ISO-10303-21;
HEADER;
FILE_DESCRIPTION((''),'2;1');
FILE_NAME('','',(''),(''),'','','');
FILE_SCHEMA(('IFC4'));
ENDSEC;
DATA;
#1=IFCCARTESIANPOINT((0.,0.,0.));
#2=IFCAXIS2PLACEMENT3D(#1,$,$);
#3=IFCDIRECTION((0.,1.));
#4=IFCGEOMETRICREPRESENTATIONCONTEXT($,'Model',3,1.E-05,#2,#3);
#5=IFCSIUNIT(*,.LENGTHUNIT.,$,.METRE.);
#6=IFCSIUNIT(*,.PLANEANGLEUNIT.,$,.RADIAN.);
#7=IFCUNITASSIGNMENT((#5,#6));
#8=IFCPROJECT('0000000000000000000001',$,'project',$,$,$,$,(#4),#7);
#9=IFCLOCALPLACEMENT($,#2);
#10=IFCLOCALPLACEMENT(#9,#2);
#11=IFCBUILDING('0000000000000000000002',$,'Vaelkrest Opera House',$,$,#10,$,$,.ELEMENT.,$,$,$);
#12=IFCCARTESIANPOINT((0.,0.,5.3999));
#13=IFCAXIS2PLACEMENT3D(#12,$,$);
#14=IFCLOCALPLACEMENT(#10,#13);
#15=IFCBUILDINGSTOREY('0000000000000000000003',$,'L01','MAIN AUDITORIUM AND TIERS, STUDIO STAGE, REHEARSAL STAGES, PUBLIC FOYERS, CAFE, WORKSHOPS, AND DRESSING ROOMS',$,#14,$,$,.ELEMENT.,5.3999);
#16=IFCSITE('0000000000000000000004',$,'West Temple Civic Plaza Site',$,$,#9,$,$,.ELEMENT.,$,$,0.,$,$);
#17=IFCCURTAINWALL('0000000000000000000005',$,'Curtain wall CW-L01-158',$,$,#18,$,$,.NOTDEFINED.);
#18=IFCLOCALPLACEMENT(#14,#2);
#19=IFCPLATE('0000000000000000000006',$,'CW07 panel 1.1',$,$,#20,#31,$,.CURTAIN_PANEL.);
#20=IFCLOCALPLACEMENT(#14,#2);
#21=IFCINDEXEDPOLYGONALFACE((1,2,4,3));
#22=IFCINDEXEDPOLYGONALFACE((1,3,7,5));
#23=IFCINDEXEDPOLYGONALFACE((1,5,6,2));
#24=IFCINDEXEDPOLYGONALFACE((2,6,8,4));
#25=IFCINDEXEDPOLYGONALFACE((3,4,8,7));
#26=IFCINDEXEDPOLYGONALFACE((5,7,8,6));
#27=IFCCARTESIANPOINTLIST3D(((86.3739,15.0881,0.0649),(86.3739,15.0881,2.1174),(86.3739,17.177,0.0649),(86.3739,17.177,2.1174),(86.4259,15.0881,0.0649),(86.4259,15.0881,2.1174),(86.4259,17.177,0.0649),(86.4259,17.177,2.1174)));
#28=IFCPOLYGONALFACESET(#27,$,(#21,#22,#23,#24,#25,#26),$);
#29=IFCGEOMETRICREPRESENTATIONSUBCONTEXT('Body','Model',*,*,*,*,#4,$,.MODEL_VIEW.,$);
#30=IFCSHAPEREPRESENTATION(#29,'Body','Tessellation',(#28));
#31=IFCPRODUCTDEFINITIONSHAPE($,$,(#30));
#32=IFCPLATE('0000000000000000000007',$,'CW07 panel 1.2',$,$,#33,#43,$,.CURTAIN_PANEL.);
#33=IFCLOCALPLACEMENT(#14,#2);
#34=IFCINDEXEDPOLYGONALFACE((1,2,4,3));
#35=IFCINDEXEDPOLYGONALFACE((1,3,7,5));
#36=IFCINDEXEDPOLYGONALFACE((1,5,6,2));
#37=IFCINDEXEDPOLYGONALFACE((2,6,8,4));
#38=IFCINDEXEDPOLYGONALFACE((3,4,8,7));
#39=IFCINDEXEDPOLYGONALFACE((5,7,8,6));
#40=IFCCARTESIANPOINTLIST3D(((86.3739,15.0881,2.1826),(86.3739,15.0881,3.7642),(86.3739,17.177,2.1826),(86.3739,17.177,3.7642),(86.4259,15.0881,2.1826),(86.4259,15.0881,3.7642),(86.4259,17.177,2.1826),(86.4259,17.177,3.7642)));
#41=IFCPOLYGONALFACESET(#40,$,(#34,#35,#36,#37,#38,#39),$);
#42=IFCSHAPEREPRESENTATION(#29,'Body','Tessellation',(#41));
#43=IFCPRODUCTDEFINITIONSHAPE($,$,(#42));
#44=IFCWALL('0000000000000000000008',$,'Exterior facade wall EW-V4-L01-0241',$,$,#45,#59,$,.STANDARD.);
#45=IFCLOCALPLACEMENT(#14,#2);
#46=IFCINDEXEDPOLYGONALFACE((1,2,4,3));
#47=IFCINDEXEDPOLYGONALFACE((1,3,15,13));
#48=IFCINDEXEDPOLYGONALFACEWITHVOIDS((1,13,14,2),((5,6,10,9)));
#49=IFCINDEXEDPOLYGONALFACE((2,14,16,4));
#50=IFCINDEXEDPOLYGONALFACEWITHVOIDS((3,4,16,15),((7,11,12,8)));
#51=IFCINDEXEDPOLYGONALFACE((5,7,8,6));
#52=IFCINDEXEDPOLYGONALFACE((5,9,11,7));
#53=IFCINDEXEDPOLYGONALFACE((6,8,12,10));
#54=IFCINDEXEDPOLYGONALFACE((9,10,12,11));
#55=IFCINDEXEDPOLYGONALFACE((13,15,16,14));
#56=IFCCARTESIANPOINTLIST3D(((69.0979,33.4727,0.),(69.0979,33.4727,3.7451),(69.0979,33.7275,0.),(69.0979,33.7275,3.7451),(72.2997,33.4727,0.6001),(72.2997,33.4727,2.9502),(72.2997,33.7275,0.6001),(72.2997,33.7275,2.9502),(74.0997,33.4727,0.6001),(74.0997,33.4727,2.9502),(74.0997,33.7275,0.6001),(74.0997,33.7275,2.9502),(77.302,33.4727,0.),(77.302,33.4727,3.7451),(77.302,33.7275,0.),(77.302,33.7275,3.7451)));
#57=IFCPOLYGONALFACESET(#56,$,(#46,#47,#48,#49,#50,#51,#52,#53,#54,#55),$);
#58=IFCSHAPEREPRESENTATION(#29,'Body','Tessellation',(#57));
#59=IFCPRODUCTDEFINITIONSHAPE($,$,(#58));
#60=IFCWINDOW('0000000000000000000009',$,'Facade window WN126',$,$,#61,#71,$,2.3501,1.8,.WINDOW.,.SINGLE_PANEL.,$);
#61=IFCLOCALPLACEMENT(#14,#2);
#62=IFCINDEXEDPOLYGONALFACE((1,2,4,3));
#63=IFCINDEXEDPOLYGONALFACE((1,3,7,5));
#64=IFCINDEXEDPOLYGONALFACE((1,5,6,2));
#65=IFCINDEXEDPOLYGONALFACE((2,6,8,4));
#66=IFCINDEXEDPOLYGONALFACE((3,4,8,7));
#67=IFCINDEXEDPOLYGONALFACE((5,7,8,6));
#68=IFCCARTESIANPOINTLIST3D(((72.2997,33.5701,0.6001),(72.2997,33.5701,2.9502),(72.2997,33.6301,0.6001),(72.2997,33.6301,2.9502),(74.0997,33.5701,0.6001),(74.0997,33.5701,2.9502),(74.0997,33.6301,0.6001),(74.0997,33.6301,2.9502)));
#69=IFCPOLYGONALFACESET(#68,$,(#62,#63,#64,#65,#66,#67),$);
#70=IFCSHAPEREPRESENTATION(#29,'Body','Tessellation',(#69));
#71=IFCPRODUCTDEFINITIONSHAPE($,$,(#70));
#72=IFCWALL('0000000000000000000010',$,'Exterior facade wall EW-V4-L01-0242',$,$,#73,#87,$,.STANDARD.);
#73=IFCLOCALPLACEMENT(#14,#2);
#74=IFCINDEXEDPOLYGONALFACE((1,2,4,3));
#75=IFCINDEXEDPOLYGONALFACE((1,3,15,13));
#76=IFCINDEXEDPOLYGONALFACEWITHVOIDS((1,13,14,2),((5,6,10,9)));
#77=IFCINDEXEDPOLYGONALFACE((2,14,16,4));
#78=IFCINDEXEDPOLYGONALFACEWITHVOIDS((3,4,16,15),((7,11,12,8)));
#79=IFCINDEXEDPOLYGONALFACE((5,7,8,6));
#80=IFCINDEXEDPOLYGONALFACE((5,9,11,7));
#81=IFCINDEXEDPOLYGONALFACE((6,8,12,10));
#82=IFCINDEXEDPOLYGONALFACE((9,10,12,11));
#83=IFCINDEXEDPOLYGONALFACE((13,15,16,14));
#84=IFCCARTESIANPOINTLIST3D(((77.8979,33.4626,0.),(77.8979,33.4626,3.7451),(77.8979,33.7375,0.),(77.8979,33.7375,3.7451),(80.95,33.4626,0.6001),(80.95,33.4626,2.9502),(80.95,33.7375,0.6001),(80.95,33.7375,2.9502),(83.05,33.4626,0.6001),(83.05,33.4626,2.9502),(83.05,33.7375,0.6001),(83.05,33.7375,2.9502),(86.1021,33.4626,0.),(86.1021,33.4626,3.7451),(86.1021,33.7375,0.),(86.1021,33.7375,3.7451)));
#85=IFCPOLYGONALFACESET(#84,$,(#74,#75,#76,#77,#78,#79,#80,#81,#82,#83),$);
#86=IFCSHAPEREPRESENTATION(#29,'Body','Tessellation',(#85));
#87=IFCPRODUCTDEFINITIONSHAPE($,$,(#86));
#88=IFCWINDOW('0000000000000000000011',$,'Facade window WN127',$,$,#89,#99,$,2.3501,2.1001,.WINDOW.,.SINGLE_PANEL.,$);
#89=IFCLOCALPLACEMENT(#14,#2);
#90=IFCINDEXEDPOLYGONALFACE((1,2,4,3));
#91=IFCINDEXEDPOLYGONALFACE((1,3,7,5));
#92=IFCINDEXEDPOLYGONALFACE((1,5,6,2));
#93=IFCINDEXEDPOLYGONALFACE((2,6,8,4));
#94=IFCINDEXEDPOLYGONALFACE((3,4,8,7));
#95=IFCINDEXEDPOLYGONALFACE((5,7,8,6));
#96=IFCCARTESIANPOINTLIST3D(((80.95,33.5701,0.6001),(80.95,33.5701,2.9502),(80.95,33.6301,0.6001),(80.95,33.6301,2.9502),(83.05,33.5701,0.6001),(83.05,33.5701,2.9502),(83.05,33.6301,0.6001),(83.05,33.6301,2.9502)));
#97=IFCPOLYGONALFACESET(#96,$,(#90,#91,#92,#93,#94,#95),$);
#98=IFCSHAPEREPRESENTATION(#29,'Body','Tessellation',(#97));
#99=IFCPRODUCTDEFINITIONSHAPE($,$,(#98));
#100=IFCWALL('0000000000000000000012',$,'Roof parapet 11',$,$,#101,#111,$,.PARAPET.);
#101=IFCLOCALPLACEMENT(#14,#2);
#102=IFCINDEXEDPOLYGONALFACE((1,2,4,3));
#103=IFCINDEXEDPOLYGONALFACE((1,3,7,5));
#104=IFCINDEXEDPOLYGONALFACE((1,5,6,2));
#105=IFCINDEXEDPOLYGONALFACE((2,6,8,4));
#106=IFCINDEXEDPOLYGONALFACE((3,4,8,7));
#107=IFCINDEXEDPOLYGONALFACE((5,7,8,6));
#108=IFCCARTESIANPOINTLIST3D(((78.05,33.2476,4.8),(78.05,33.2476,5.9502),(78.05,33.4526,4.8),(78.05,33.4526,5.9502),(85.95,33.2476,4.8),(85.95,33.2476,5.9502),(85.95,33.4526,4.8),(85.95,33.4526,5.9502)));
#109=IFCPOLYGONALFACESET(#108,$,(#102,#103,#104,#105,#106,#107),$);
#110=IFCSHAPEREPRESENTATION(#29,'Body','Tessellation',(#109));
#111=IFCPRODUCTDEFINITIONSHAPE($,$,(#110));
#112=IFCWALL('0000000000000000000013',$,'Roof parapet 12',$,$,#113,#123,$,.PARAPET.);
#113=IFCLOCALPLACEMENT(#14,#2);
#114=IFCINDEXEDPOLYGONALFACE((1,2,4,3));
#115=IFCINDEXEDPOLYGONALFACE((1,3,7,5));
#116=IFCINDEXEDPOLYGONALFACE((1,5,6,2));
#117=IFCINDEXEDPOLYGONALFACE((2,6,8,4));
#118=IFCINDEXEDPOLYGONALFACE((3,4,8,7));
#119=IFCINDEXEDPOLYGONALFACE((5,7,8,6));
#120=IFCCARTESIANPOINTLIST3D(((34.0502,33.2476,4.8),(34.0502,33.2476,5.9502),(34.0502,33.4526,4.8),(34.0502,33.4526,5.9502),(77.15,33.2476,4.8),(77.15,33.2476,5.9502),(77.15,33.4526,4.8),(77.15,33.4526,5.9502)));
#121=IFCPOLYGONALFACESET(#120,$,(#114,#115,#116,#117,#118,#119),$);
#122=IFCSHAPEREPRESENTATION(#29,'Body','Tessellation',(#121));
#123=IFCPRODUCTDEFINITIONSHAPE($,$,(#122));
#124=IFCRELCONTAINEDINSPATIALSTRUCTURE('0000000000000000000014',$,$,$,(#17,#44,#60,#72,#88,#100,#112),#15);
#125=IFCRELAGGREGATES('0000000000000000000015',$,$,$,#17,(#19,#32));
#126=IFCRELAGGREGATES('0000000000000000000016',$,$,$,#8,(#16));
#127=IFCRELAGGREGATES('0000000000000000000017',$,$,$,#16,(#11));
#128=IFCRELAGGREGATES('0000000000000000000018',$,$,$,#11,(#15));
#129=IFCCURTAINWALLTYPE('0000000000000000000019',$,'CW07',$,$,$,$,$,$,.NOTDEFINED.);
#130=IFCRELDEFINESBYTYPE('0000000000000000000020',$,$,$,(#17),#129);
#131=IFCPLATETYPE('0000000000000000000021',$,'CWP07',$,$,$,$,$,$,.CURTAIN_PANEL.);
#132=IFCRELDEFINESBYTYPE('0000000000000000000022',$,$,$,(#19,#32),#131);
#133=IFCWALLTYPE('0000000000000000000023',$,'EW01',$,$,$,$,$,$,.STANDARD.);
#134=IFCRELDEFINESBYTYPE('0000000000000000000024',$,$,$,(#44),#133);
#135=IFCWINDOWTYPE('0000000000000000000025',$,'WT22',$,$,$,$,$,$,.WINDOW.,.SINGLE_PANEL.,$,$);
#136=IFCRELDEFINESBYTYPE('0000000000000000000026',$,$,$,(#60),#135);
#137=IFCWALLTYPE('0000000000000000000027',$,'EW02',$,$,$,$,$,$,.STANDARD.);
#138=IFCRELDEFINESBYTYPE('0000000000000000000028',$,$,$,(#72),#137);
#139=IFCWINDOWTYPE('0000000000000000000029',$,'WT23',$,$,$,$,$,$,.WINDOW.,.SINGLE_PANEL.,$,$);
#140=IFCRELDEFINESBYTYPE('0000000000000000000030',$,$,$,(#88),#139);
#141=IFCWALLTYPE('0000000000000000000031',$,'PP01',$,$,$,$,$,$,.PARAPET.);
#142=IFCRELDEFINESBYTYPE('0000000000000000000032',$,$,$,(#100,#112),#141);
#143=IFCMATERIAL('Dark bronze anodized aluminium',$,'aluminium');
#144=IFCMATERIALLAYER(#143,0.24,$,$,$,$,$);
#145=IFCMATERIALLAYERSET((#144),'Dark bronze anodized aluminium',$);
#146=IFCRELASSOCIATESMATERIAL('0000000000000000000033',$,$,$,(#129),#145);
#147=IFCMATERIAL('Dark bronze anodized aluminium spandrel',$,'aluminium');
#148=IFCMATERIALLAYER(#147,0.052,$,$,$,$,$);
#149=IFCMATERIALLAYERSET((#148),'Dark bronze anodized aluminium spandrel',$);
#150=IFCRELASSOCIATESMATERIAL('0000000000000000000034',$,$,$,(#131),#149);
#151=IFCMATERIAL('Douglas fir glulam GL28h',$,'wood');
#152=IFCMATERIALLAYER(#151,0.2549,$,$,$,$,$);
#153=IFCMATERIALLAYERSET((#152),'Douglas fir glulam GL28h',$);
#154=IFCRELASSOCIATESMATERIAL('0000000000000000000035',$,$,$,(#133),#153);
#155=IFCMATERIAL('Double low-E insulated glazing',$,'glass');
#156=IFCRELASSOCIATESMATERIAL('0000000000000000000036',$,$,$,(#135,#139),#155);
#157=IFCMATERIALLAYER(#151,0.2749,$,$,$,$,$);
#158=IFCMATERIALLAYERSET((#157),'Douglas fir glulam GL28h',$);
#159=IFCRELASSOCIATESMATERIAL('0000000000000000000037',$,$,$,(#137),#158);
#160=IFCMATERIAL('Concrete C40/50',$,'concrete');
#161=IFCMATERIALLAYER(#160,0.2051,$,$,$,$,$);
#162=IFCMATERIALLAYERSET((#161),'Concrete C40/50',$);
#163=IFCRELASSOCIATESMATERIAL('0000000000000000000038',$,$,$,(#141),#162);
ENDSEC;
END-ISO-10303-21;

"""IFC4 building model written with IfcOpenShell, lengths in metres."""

from ifc_helpers import new_model, si_unit, direction, frame, frame_2d, origin, origin_2d, place, context, subcontext, project, spatial, rectangle, extrude, material, layer, layer_set, type_object, element, fill, aggregate, save


model = new_model("IFC4")

# Units and contexts
model_context = context("Model", 3, precision=1e-05, world=origin(), true_north=direction((0.0, 1.0)))
body_context = subcontext(model_context, "Body", "Model", "MODEL_VIEW")
ifc_project = project(units=[si_unit("LENGTHUNIT", "METRE"), si_unit("PLANEANGLEUNIT", "RADIAN")], contexts=[model_context])

# Site, building, storey
site_placement = place(None, origin())
site = spatial("IfcSite", under=ifc_project, at=site_placement, Name="West Temple Civic Plaza Site", CompositionType="ELEMENT", RefElevation=0.0)
building_placement = place(site_placement, origin())
building = spatial("IfcBuilding", under=site, at=building_placement, Name="Vaelkrest Opera House", CompositionType="ELEMENT")
storey_placement = place(building_placement, frame((0.0, 0.0, 5.3999)))
storey = spatial("IfcBuildingStorey", under=building, at=storey_placement, Name="L01", Description="MAIN AUDITORIUM AND TIERS, STUDIO STAGE, REHEARSAL STAGES, PUBLIC FOYERS, CAFE, WORKSHOPS, AND DRESSING ROOMS", CompositionType="ELEMENT", Elevation=5.3999)

# Curtain wall
ifc_material_1 = material(Name="Dark bronze anodized aluminium", Category="aluminium")
ifc_layer_1 = layer(ifc_material_1, 0.24)
ifc_layer_set_1 = layer_set([ifc_layer_1], Name="Dark bronze anodized aluminium")
curtain_wall_type = type_object("IfcCurtainWallType", Name="CW07", PredefinedType="NOTDEFINED", material=ifc_layer_set_1)
curtain_wall_placement = place(storey_placement, origin())
curtain_wall = element("IfcCurtainWall", 1, at=curtain_wall_placement, inside=storey, type_object=curtain_wall_type, Name="Curtain wall CW-L01-158", PredefinedType="NOTDEFINED")

# Plates
ifc_material_2 = material(Name="Dark bronze anodized aluminium spandrel", Category="aluminium")
ifc_layer_2 = layer(ifc_material_2, 0.052)
ifc_layer_set_2 = layer_set([ifc_layer_2], Name="Dark bronze anodized aluminium spandrel")
plate_type = type_object("IfcPlateType", Name="CWP07", PredefinedType="CURTAIN_PANEL", material=ifc_layer_set_2)
plate_1_placement = place(storey_placement, frame((86.3999, 16.1326, 0.0649), z_axis=(0.0, 0.0, 1.0), x_axis=(0.0, -1.0, 0.0)))
plate_1 = element("IfcPlate", 2, at=plate_1_placement, type_object=plate_type, Name="CW07 panel 1.1", PredefinedType="CURTAIN_PANEL", context=body_context, shape_type="SweptSolid", body=[
    extrude(rectangle(XDim=2.0889, YDim=0.052, at=origin_2d()), origin(), (0.0, 0.0, 1.0), 2.0525),
])
plate_2_placement = place(storey_placement, frame((86.3999, 16.1326, 2.1826), z_axis=(0.0, 0.0, 1.0), x_axis=(0.0, -1.0, 0.0)))
plate_2 = element("IfcPlate", 3, at=plate_2_placement, type_object=plate_type, Name="CW07 panel 1.2", PredefinedType="CURTAIN_PANEL", context=body_context, shape_type="SweptSolid", body=[
    extrude(rectangle(XDim=2.0889, YDim=0.052, at=origin_2d()), origin(), (0.0, 0.0, 1.0), 1.5815),
])
aggregate(curtain_wall, [plate_1, plate_2])

# Walls, openings, windows
ifc_material_3 = material(Name="Douglas fir glulam GL28h", Category="wood")
ifc_layer_3 = layer(ifc_material_3, 0.2549)
ifc_layer_set_3 = layer_set([ifc_layer_3], Name="Douglas fir glulam GL28h")
wall_type_1 = type_object("IfcWallType", Name="EW01", PredefinedType="STANDARD", material=ifc_layer_set_3)
wall_1_placement = place(storey_placement, frame((69.0979, 33.6001, 0.0), z_axis=(0.0, 0.0, 1.0), x_axis=(1.0, 0.0, 0.0)))
wall_1 = element("IfcWall", 4, at=wall_1_placement, inside=storey, type_object=wall_type_1, Name="Exterior facade wall EW-V4-L01-0241", PredefinedType="STANDARD", context=body_context, shape_type="SweptSolid", body=[
    extrude(rectangle(XDim=8.2041, YDim=0.2549, at=frame_2d((4.1021, 0.0))), origin(), (0.0, 0.0, 1.0), 3.7451),
])
opening_1_placement = place(wall_1_placement, frame((3.2019, 0.0, 0.6001)))
opening_1 = element("IfcOpeningElement", 5, at=opening_1_placement, cuts=wall_1, PredefinedType="OPENING", context=body_context, shape_type="SweptSolid", body=[
    extrude(rectangle(XDim=1.8, YDim=2.3501, at=frame_2d((0.8999, 1.175))), frame((0.0, 0.1375, 0.0), z_axis=(0.0, -1.0, 0.0), x_axis=(1.0, 0.0, 0.0)), (0.0, 0.0, 1.0), 0.2749),
])
ifc_material_4 = material(Name="Double low-E insulated glazing", Category="glass")
window_type_1 = type_object("IfcWindowType", Name="WT22", PartitioningType="SINGLE_PANEL", PredefinedType="WINDOW", material=ifc_material_4)
window_1_placement = place(opening_1_placement, origin())
window_1 = element("IfcWindow", 6, at=window_1_placement, inside=storey, type_object=window_type_1, Name="Facade window WN126", OverallHeight=2.3501, OverallWidth=1.8, PartitioningType="SINGLE_PANEL", PredefinedType="WINDOW", context=body_context, shape_type="SweptSolid", body=[
    extrude(rectangle(XDim=1.8, YDim=2.3501, at=frame_2d((0.8999, 1.175))), frame((0.0, 0.03, 0.0), z_axis=(0.0, -1.0, 0.0), x_axis=(1.0, 0.0, 0.0)), (0.0, 0.0, 1.0), 0.0601),
])
fill(opening_1, window_1)
ifc_layer_4 = layer(ifc_material_3, 0.2749)
ifc_layer_set_4 = layer_set([ifc_layer_4], Name="Douglas fir glulam GL28h")
wall_type_2 = type_object("IfcWallType", Name="EW02", PredefinedType="STANDARD", material=ifc_layer_set_4)
wall_2_placement = place(storey_placement, frame((77.8979, 33.6001, 0.0), z_axis=(0.0, 0.0, 1.0), x_axis=(1.0, 0.0, 0.0)))
wall_2 = element("IfcWall", 7, at=wall_2_placement, inside=storey, type_object=wall_type_2, Name="Exterior facade wall EW-V4-L01-0242", PredefinedType="STANDARD", context=body_context, shape_type="SweptSolid", body=[
    extrude(rectangle(XDim=8.2041, YDim=0.2749, at=frame_2d((4.1021, 0.0))), origin(), (0.0, 0.0, 1.0), 3.7451),
])
opening_2_placement = place(wall_2_placement, frame((3.052, 0.0, 0.6001)))
opening_2 = element("IfcOpeningElement", 8, at=opening_2_placement, cuts=wall_2, PredefinedType="OPENING", context=body_context, shape_type="SweptSolid", body=[
    extrude(rectangle(XDim=2.1001, YDim=2.3501, at=frame_2d((1.05, 1.175))), frame((0.0, 0.1475, 0.0), z_axis=(0.0, -1.0, 0.0), x_axis=(1.0, 0.0, 0.0)), (0.0, 0.0, 1.0), 0.2949),
])
window_type_2 = type_object("IfcWindowType", Name="WT23", PartitioningType="SINGLE_PANEL", PredefinedType="WINDOW", material=ifc_material_4)
window_2_placement = place(opening_2_placement, origin())
window_2 = element("IfcWindow", 9, at=window_2_placement, inside=storey, type_object=window_type_2, Name="Facade window WN127", OverallHeight=2.3501, OverallWidth=2.1001, PartitioningType="SINGLE_PANEL", PredefinedType="WINDOW", context=body_context, shape_type="SweptSolid", body=[
    extrude(rectangle(XDim=2.1001, YDim=2.3501, at=frame_2d((1.05, 1.175))), frame((0.0, 0.03, 0.0), z_axis=(0.0, -1.0, 0.0), x_axis=(1.0, 0.0, 0.0)), (0.0, 0.0, 1.0), 0.0601),
])
fill(opening_2, window_2)

# Walls
ifc_material_5 = material(Name="Concrete C40/50", Category="concrete")
ifc_layer_5 = layer(ifc_material_5, 0.2051)
ifc_layer_set_5 = layer_set([ifc_layer_5], Name="Concrete C40/50")
wall_type_3 = type_object("IfcWallType", Name="PP01", PredefinedType="PARAPET", material=ifc_layer_set_5)
wall_3_placement = place(storey_placement, frame((85.95, 33.3501, 4.8), z_axis=(0.0, 0.0, 1.0), x_axis=(-1.0, 0.0, 0.0)))
element("IfcWall", 10, at=wall_3_placement, inside=storey, type_object=wall_type_3, Name="Roof parapet 11", PredefinedType="PARAPET", context=body_context, shape_type="SweptSolid", body=[
    extrude(rectangle(XDim=7.8999, YDim=0.2051, at=frame_2d((3.95, 0.0))), origin(), (0.0, 0.0, 1.0), 1.1501),
])
wall_4_placement = place(storey_placement, frame((77.1499, 33.3501, 4.8), z_axis=(0.0, 0.0, 1.0), x_axis=(-1.0, 0.0, 0.0)))
element("IfcWall", 11, at=wall_4_placement, inside=storey, type_object=wall_type_3, Name="Roof parapet 12", PredefinedType="PARAPET", context=body_context, shape_type="SweptSolid", body=[
    extrude(rectangle(XDim=43.0999, YDim=0.2051, at=frame_2d((21.5498, 0.0))), origin(), (0.0, 0.0, 1.0), 1.1501),
])

save(model, "model.ifc")
